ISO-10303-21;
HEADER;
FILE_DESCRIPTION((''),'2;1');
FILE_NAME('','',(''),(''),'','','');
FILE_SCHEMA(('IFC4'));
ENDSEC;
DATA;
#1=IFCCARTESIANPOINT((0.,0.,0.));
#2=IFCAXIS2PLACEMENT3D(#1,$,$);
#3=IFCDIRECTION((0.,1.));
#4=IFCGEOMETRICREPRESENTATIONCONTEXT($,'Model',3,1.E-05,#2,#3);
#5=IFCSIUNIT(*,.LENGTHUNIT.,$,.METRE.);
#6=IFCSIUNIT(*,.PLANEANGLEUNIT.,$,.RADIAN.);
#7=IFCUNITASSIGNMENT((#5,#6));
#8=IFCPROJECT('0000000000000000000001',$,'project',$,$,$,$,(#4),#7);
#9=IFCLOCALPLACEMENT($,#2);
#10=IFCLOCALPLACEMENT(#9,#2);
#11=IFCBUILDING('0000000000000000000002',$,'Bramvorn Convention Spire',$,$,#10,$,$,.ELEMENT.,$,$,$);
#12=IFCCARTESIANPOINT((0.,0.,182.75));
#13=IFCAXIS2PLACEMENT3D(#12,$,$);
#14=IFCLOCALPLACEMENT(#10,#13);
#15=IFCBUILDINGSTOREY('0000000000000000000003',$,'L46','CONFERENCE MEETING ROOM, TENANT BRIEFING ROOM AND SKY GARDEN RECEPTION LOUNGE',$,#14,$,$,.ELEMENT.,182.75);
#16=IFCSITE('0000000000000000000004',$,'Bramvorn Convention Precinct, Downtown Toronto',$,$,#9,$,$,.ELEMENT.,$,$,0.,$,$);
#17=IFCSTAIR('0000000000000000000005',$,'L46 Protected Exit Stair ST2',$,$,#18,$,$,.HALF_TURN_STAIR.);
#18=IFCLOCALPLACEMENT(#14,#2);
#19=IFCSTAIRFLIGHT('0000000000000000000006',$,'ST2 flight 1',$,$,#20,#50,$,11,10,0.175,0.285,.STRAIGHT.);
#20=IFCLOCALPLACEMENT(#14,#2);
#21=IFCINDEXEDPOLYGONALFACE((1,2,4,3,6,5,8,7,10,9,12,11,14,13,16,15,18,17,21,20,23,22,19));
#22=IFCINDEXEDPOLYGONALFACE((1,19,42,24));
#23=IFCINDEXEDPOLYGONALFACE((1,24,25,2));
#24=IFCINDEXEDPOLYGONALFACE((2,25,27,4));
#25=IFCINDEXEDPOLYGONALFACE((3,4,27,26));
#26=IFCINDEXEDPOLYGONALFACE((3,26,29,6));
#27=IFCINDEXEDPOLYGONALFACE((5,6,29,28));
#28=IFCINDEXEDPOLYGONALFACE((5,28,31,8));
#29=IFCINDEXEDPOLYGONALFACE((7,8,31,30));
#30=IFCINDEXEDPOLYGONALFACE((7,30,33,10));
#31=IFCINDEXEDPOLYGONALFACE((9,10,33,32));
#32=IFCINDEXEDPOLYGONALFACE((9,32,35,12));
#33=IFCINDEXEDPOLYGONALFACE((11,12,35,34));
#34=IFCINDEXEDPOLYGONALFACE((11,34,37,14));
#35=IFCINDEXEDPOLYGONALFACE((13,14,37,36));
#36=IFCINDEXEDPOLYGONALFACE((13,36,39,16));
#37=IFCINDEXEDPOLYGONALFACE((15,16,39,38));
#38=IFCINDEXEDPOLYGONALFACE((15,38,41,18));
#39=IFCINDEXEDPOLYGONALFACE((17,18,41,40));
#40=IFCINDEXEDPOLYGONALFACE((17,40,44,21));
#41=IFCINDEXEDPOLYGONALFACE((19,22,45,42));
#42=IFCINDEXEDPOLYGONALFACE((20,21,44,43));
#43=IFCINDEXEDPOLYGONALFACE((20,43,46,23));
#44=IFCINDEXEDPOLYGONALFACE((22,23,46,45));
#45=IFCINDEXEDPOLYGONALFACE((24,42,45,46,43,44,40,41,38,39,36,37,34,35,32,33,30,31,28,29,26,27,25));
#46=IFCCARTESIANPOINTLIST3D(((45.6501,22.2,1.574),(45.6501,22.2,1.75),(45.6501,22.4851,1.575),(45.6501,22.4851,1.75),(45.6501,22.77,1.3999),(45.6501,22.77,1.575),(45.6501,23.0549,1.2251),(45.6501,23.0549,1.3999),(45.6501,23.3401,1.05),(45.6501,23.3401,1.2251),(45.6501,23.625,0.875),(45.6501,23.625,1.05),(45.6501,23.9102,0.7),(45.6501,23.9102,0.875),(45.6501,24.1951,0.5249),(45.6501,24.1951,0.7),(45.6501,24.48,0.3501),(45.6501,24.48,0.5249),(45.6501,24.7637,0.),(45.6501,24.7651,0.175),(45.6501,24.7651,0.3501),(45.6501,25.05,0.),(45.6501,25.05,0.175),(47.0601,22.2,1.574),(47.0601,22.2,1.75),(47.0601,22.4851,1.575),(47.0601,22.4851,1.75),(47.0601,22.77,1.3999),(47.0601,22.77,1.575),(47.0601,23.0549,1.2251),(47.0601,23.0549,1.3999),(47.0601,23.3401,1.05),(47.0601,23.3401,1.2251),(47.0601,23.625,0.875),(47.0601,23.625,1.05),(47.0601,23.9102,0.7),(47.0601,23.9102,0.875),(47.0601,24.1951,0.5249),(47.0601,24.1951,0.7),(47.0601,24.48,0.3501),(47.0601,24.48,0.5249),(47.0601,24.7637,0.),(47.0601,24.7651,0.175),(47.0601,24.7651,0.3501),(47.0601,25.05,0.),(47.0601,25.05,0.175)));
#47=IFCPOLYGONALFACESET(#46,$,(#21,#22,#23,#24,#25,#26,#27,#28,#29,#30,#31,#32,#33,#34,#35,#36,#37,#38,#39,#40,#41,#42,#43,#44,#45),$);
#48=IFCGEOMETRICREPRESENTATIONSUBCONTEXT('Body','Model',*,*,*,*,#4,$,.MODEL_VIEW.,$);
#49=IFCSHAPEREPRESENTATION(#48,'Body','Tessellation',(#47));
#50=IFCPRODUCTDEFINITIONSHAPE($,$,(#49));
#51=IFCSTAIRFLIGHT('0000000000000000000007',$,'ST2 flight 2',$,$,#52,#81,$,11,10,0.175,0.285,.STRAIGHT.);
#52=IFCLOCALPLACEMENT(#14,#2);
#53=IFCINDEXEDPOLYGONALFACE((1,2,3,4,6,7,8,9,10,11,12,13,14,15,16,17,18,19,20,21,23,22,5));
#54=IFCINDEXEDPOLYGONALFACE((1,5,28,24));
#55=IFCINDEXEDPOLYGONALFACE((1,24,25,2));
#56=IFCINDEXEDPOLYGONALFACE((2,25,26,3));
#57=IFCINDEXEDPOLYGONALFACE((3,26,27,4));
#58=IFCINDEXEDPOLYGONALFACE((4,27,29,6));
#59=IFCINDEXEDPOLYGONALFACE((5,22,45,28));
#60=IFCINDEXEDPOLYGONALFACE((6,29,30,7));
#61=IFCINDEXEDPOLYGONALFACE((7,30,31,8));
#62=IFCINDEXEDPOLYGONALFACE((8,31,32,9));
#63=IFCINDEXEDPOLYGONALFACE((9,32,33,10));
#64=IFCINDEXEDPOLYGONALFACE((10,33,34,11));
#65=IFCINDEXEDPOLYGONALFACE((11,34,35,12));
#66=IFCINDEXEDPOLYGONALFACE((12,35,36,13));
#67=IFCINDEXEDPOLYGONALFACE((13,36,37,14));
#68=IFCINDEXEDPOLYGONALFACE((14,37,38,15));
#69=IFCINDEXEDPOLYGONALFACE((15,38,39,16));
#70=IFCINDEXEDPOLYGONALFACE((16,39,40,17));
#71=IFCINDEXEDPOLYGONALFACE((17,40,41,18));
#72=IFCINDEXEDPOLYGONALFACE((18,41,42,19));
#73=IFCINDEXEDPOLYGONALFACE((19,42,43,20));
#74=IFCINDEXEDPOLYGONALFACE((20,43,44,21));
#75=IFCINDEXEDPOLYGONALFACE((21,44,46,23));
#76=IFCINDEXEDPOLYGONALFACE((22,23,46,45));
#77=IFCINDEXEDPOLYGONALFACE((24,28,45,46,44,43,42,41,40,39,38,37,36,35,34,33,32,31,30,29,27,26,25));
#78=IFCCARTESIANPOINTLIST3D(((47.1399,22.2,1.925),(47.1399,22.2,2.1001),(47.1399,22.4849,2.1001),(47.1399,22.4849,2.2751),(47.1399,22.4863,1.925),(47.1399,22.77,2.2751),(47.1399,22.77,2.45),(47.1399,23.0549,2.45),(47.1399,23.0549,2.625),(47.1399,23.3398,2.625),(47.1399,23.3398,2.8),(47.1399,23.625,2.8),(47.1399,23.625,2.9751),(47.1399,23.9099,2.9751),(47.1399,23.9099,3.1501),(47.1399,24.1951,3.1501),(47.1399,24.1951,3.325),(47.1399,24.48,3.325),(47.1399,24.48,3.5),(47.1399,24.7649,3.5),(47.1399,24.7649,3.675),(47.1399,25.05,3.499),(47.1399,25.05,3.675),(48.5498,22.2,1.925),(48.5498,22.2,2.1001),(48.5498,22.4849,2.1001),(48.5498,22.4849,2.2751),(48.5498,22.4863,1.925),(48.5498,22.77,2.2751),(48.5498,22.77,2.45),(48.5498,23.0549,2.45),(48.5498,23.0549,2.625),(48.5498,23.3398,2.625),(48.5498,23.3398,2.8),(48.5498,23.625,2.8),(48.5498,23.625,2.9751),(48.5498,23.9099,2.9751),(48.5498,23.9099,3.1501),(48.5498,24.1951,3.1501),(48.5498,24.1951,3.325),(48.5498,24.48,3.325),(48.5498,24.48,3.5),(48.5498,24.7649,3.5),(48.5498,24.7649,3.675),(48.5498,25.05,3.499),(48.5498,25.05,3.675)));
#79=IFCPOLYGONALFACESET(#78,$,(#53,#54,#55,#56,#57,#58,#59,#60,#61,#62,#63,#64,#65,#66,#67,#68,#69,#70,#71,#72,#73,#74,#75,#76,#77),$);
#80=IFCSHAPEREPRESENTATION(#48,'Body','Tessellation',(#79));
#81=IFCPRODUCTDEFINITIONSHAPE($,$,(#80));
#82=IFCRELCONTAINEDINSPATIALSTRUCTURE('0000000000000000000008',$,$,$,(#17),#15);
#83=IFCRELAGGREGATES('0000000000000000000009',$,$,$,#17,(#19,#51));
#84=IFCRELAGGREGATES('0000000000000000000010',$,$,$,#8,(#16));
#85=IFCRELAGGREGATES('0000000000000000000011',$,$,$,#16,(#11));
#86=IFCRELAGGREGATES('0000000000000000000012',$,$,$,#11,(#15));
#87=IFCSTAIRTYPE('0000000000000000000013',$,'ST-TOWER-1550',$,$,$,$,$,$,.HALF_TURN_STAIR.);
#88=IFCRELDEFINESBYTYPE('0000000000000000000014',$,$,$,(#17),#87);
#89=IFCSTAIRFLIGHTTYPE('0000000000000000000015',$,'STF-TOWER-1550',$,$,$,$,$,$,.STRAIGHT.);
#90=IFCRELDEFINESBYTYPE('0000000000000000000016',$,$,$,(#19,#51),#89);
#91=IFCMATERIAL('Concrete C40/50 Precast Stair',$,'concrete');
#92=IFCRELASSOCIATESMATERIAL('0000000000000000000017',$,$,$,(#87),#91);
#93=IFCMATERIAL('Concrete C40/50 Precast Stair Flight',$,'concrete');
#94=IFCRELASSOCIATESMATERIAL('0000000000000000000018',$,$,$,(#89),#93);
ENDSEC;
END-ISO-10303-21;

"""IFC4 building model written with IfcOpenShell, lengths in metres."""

from ifc_helpers import new_model, si_unit, direction, frame, origin, place, context, subcontext, project, spatial, polyline, outline, extrude, material, type_object, element, aggregate, save


model = new_model("IFC4")

# Units and contexts
model_context = context("Model", 3, precision=1e-05, world=origin(), true_north=direction((0.0, 1.0)))
body_context = subcontext(model_context, "Body", "Model", "MODEL_VIEW")
ifc_project = project(units=[si_unit("LENGTHUNIT", "METRE"), si_unit("PLANEANGLEUNIT", "RADIAN")], contexts=[model_context])

# Site, building, storey
site_placement = place(None, origin())
site = spatial("IfcSite", under=ifc_project, at=site_placement, Name="Bramvorn Convention Precinct, Downtown Toronto", CompositionType="ELEMENT", RefElevation=0.0)
building_placement = place(site_placement, origin())
building = spatial("IfcBuilding", under=site, at=building_placement, Name="Bramvorn Convention Spire", CompositionType="ELEMENT")
storey_placement = place(building_placement, frame((0.0, 0.0, 182.75)))
storey = spatial("IfcBuildingStorey", under=building, at=storey_placement, Name="L46", Description="CONFERENCE MEETING ROOM, TENANT BRIEFING ROOM AND SKY GARDEN RECEPTION LOUNGE", CompositionType="ELEMENT", Elevation=182.75)

# Stair, stair flights
ifc_material_1 = material(Name="Concrete C40/50 Precast Stair", Category="concrete")
stair_type = type_object("IfcStairType", Name="ST-TOWER-1550", PredefinedType="HALF_TURN_STAIR", material=ifc_material_1)
stair_placement = place(storey_placement, origin())
stair = element("IfcStair", 1, at=stair_placement, inside=storey, type_object=stair_type, Name="L46 Protected Exit Stair ST2", PredefinedType="HALF_TURN_STAIR")
ifc_material_2 = material(Name="Concrete C40/50 Precast Stair Flight", Category="concrete")
stair_flight_type = type_object("IfcStairFlightType", Name="STF-TOWER-1550", PredefinedType="STRAIGHT", material=ifc_material_2)
stair_flight_1_placement = place(storey_placement, frame((46.355, 25.05, 0.0), z_axis=(0.0, 0.0, 1.0), x_axis=(0.0, -1.0, 0.0)))
stair_flight_1 = element("IfcStairFlight", 2, at=stair_flight_1_placement, type_object=stair_flight_type, Name="ST2 flight 1", NumberOfRisers=11, NumberOfTreads=10, PredefinedType="STRAIGHT", RiserHeight=0.175, TreadLength=0.285, context=body_context, shape_type="SweptSolid", body=[
    extrude(outline(polyline([(0.0, 0.0), (0.0, 0.175), (0.2849, 0.175), (0.2849, 0.3501), (0.5701, 0.3501), (0.5701, 0.5249), (0.855, 0.5249), (0.855, 0.7), (1.1399, 0.7), (1.1399, 0.875), (1.425, 0.875), (1.425, 1.05), (1.71, 1.05), (1.71, 1.2251), (1.9951, 1.2251), (1.9951, 1.3999), (2.28, 1.3999), (2.28, 1.575), (2.5649, 1.575), (2.5649, 1.75), (2.8501, 1.75), (2.8501, 1.925), (2.8501, 1.574), (0.2864, 0.0), (0.0, 0.0)])), frame((0.0, 0.7051, 0.0), z_axis=(0.0, -1.0, 0.0), x_axis=(1.0, 0.0, 0.0)), (0.0, 0.0, 1.0), 1.4099),
])
stair_flight_2_placement = place(storey_placement, frame((47.845, 22.2, 1.925), z_axis=(0.0, 0.0, 1.0), x_axis=(0.0, 1.0, 0.0)))
stair_flight_2 = element("IfcStairFlight", 3, at=stair_flight_2_placement, type_object=stair_flight_type, Name="ST2 flight 2", NumberOfRisers=11, NumberOfTreads=10, PredefinedType="STRAIGHT", RiserHeight=0.175, TreadLength=0.285, context=body_context, shape_type="SweptSolid", body=[
    extrude(outline(polyline([(0.0, 0.0), (0.0, 0.175), (0.2849, 0.175), (0.2849, 0.3501), (0.5701, 0.3501), (0.5701, 0.5249), (0.855, 0.5249), (0.855, 0.7), (1.1399, 0.7), (1.1399, 0.875), (1.425, 0.875), (1.425, 1.05), (1.71, 1.05), (1.71, 1.2251), (1.9951, 1.2251), (1.9951, 1.3999), (2.28, 1.3999), (2.28, 1.575), (2.5649, 1.575), (2.5649, 1.75), (2.8501, 1.75), (2.8501, 1.925), (2.8501, 1.574), (0.2864, 0.0), (0.0, 0.0)])), frame((0.0, 0.7051, 0.0), z_axis=(0.0, -1.0, 0.0), x_axis=(1.0, 0.0, 0.0)), (0.0, 0.0, 1.0), 1.4099),
])
aggregate(stair, [stair_flight_1, stair_flight_2])

save(model, "model.ifc")
